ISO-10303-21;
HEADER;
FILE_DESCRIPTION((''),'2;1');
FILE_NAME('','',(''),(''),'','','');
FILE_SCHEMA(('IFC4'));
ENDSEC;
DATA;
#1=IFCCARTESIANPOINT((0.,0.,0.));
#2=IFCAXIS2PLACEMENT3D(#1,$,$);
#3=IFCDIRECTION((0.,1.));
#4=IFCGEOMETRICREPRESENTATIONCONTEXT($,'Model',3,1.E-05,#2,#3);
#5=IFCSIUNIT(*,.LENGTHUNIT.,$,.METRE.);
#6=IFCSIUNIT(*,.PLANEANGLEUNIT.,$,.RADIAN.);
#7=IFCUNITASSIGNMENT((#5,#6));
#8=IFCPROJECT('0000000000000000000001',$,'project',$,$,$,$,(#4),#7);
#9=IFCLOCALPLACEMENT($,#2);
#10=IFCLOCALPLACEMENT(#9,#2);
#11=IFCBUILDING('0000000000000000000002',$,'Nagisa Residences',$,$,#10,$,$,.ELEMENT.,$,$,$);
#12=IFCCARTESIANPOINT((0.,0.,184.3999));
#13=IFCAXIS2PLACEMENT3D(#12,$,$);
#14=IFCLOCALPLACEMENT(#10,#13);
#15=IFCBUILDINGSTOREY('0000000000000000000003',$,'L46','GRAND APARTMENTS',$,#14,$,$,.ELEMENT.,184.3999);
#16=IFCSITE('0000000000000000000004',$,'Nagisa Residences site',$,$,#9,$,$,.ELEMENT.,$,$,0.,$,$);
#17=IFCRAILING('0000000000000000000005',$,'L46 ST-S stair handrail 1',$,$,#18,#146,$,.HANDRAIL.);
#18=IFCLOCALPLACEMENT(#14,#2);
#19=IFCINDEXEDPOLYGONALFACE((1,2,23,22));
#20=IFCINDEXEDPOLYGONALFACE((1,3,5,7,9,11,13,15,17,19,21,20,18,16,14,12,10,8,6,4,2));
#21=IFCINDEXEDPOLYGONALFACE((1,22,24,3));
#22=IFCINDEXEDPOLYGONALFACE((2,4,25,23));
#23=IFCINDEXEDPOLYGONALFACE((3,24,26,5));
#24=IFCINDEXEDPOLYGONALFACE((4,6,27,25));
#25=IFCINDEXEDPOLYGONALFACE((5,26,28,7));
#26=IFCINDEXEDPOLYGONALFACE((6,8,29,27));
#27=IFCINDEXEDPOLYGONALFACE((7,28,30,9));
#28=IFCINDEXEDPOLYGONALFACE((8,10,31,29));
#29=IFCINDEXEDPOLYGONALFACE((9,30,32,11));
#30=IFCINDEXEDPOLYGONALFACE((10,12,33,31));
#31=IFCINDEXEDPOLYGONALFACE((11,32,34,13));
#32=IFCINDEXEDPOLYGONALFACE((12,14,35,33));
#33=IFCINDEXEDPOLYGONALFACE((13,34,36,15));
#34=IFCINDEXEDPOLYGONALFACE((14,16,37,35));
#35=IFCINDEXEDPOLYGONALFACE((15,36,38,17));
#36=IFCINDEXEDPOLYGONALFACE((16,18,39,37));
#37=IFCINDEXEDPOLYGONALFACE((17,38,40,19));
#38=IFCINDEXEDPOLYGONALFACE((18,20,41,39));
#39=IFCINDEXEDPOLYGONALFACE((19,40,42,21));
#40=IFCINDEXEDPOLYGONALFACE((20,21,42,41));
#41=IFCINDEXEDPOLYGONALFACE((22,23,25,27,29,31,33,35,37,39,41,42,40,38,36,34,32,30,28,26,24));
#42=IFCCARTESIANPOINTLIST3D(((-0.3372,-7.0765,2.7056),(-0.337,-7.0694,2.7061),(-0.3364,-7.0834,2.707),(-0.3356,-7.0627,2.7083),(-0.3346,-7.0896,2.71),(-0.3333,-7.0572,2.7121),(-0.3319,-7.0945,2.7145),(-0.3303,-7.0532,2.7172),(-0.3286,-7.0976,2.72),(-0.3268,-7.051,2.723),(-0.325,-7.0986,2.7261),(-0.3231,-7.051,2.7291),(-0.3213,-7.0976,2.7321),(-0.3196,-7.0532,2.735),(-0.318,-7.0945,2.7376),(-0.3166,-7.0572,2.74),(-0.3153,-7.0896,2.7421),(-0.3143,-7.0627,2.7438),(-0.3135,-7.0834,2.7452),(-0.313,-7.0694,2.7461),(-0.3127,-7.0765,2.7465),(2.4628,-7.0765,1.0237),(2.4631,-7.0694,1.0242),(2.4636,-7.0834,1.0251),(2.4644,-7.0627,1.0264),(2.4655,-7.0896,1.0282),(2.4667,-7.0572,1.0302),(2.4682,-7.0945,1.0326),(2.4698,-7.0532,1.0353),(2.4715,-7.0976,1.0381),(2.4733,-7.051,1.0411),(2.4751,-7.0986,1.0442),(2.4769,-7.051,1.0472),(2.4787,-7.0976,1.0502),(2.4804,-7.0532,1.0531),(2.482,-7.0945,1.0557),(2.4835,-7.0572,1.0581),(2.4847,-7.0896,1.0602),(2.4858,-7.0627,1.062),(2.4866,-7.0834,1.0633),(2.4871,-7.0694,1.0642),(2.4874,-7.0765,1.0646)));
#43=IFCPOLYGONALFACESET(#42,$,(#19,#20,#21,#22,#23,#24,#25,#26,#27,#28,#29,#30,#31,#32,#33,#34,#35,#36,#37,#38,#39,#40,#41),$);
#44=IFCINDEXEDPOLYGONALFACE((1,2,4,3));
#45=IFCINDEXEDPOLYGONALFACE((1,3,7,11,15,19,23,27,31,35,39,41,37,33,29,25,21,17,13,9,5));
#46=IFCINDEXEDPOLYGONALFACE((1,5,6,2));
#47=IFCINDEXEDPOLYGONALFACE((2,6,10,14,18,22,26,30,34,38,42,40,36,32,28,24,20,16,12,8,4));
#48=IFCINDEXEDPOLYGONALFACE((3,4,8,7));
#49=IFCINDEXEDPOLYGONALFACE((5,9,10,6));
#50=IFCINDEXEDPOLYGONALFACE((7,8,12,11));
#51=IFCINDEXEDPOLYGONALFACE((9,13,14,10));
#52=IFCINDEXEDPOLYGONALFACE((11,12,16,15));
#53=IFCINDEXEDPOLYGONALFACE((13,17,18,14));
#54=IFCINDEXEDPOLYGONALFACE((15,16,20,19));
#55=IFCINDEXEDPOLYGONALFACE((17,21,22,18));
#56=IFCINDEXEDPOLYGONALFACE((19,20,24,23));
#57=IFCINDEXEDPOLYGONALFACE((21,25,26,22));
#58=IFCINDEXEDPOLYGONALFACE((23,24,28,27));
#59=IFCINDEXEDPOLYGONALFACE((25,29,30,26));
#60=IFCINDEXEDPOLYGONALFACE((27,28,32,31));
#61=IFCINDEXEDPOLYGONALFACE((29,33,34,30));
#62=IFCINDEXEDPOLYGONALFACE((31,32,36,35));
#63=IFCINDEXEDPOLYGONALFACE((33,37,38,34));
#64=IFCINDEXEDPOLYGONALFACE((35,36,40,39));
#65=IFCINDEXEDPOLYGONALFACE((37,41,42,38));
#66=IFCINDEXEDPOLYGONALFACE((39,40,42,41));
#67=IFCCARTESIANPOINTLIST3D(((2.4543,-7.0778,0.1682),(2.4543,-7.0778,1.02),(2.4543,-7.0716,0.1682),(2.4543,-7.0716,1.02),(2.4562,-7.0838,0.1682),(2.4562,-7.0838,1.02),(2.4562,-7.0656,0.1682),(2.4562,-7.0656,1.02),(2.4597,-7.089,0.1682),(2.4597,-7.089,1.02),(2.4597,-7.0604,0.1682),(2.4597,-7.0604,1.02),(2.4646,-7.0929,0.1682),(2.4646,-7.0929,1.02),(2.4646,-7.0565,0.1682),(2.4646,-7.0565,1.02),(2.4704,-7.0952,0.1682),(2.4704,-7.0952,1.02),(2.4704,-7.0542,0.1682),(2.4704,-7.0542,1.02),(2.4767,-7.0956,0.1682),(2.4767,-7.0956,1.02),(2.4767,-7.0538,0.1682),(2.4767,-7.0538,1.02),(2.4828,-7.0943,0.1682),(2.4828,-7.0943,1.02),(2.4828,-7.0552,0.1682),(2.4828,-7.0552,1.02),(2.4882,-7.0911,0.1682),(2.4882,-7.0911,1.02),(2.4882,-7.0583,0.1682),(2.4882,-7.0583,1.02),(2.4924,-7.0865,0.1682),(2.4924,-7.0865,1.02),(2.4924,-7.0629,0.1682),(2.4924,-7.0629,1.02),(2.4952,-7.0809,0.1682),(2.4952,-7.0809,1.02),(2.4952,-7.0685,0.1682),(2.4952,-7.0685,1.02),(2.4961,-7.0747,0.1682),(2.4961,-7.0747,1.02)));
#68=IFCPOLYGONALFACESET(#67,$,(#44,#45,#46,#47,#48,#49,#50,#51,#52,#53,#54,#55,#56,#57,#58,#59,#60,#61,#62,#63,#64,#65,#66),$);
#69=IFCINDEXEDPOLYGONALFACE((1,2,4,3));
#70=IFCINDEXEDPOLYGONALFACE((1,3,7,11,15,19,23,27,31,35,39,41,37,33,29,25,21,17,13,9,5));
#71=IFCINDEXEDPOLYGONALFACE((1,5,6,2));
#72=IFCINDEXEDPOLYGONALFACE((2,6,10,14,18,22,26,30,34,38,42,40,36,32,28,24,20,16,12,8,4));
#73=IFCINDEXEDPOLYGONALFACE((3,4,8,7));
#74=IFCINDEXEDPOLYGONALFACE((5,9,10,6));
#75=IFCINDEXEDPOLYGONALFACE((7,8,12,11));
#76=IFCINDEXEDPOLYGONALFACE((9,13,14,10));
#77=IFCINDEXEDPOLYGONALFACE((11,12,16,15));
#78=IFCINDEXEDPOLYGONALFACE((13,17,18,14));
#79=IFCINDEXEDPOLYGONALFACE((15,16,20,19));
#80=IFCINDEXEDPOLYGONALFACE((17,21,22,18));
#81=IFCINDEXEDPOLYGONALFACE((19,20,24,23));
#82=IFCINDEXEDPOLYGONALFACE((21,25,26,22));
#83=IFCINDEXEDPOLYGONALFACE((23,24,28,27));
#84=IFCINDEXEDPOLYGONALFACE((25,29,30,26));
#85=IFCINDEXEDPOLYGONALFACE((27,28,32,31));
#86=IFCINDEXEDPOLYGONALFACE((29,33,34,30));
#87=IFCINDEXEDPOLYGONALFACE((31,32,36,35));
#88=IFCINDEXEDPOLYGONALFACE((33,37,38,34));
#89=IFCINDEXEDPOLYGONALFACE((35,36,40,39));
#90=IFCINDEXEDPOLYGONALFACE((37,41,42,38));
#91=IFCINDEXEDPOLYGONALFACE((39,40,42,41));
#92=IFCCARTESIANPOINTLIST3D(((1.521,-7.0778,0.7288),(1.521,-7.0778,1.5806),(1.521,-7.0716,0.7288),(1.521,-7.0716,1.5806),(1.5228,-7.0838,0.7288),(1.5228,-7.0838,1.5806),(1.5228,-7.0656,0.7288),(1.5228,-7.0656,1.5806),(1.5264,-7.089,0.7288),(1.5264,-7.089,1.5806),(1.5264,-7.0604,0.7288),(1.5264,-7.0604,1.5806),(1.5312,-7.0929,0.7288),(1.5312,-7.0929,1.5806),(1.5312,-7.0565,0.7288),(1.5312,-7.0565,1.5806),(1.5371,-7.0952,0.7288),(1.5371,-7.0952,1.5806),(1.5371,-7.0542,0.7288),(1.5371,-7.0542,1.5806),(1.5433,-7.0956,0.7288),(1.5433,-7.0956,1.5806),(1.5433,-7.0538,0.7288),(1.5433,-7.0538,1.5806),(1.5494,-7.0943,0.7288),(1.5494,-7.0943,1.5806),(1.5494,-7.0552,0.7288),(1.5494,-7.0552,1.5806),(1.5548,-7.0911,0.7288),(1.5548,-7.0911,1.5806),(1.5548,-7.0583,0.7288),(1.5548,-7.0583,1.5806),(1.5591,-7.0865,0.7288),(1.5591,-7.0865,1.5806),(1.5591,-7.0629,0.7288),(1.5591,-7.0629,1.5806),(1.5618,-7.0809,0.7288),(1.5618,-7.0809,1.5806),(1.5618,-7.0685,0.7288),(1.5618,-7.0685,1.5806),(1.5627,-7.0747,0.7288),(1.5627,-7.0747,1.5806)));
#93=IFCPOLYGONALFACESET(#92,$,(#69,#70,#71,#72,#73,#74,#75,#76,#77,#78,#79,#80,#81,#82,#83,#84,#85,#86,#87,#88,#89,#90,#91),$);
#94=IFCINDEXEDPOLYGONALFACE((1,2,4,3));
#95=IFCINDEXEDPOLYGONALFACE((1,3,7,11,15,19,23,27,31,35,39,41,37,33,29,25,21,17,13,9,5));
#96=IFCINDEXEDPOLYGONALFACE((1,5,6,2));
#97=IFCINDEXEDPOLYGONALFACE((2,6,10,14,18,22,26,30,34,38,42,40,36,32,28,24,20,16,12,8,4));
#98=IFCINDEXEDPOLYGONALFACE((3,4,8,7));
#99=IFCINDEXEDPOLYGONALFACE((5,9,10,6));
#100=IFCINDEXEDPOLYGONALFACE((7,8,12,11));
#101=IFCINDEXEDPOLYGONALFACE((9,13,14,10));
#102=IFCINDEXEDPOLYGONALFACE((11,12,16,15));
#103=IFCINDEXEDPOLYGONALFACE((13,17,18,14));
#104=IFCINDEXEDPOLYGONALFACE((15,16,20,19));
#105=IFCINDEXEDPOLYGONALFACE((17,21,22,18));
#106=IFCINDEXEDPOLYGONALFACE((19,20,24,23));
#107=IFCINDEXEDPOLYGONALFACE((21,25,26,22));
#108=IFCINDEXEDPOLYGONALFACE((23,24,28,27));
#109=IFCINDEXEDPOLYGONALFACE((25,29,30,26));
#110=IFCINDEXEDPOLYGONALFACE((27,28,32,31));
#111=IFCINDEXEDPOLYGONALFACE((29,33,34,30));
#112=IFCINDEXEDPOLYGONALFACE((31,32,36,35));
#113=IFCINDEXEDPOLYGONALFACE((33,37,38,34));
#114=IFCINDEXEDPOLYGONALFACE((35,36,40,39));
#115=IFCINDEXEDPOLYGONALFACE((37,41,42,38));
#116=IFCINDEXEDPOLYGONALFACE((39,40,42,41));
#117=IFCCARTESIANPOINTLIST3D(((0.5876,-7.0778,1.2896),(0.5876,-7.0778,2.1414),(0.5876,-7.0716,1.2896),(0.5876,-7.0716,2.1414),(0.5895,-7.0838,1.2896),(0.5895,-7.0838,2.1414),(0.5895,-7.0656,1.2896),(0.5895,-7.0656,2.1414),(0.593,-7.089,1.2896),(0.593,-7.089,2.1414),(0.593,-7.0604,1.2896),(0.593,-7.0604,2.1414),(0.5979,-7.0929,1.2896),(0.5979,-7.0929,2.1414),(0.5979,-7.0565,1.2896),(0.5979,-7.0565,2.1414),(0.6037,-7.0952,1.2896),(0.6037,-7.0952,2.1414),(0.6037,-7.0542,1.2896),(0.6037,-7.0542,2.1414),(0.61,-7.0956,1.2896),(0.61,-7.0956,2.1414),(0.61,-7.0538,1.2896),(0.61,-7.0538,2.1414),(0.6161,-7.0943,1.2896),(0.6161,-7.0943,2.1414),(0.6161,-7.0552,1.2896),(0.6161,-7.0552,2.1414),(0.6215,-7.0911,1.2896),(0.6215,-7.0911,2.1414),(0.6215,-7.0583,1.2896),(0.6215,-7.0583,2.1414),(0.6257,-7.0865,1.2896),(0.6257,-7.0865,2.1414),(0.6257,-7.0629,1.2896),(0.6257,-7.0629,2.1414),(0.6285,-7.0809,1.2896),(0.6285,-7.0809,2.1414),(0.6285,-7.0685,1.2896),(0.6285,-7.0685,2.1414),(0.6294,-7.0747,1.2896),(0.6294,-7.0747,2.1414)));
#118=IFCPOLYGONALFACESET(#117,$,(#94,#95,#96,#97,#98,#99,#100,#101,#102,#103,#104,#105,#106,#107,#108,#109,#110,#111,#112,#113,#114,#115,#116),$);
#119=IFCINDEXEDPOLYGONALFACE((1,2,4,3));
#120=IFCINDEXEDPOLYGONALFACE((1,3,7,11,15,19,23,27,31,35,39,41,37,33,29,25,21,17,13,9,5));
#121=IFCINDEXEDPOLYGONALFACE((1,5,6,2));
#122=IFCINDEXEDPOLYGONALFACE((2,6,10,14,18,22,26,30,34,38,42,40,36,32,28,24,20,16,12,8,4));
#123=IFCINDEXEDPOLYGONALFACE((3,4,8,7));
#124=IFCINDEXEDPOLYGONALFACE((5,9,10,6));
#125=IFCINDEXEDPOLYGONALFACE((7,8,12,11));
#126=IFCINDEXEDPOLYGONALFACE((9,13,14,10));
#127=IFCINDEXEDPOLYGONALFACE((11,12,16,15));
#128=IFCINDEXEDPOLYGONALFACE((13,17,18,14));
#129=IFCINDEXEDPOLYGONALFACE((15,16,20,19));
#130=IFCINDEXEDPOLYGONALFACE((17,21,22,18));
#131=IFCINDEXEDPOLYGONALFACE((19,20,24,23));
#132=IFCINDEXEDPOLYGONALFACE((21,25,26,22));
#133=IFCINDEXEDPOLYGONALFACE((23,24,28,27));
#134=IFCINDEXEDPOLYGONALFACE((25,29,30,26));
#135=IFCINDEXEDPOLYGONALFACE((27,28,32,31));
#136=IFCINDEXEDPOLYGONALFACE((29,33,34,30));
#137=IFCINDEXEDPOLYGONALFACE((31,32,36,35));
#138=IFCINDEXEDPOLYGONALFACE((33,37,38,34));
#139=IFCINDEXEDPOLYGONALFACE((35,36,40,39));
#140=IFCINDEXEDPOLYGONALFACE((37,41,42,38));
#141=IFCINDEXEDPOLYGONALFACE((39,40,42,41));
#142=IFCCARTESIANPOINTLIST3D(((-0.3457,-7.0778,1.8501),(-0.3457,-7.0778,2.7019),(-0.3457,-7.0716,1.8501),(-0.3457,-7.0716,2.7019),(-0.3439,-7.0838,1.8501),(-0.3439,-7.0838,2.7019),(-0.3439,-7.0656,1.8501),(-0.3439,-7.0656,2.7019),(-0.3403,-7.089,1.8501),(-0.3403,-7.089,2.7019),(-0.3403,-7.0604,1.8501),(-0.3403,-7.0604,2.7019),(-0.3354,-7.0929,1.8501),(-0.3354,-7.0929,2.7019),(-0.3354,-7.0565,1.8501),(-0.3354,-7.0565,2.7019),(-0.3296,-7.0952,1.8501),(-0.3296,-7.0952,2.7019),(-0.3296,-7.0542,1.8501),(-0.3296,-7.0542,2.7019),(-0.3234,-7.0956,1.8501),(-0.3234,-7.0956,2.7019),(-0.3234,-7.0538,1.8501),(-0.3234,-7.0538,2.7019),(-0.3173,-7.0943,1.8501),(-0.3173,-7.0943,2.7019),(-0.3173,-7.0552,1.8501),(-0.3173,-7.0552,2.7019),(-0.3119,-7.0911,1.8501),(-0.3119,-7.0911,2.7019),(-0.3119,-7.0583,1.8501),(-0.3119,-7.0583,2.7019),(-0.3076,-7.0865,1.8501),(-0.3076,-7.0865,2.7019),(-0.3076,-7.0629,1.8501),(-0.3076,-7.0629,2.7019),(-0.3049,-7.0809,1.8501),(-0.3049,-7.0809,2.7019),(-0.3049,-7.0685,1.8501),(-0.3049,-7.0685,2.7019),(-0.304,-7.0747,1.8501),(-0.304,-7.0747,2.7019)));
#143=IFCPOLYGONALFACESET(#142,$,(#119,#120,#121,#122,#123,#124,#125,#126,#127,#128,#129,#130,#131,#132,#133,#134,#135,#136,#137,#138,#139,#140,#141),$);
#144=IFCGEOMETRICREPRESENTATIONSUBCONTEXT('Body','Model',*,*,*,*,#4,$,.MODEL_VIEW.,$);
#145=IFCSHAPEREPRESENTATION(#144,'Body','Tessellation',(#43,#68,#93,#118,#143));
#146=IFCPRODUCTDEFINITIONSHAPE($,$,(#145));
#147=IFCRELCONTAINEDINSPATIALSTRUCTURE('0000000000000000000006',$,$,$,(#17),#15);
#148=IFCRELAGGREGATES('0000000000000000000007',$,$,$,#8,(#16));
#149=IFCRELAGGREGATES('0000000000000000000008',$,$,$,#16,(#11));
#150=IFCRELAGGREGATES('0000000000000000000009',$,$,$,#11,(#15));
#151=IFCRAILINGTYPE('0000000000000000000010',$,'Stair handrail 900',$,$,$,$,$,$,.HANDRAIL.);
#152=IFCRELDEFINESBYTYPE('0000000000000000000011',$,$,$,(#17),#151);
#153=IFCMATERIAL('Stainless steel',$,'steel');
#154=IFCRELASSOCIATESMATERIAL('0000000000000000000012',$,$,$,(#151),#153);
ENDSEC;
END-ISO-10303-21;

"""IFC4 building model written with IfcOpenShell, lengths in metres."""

from ifc_helpers import new_model, si_unit, direction, frame, origin, origin_2d, place, context, subcontext, project, spatial, circle, extrude, material, type_object, element, save


model = new_model("IFC4")

# Units and contexts
model_context = context("Model", 3, precision=1e-05, world=origin(), true_north=direction((0.0, 1.0)))
body_context = subcontext(model_context, "Body", "Model", "MODEL_VIEW")
ifc_project = project(units=[si_unit("LENGTHUNIT", "METRE"), si_unit("PLANEANGLEUNIT", "RADIAN")], contexts=[model_context])

# Site, building, storey
site_placement = place(None, origin())
site = spatial("IfcSite", under=ifc_project, at=site_placement, Name="Nagisa Residences site", CompositionType="ELEMENT", RefElevation=0.0)
building_placement = place(site_placement, origin())
building = spatial("IfcBuilding", under=site, at=building_placement, Name="Nagisa Residences", CompositionType="ELEMENT")
storey_placement = place(building_placement, frame((0.0, 0.0, 184.3999)))
storey = spatial("IfcBuildingStorey", under=building, at=storey_placement, Name="L46", Description="GRAND APARTMENTS", CompositionType="ELEMENT", Elevation=184.3999)

# Railing
ifc_material_1 = material(Name="Stainless steel", Category="steel")
railing_type_1 = type_object("IfcRailingType", Name="Stair handrail 900", PredefinedType="HANDRAIL", material=ifc_material_1)
railing_1_placement = place(storey_placement, frame((2.4751, -7.0747, 0.1682)))
element("IfcRailing", 1, at=railing_1_placement, inside=storey, type_object=railing_type_1, Name="L46 ST-S stair handrail 1", PredefinedType="HANDRAIL", context=body_context, shape_type="SweptSolid", body=[
    extrude(circle(Radius=0.0239, at=origin_2d()), frame((0.0, 0.0, 0.876), z_axis=(-0.857242, 0.0, 0.514913), x_axis=(0.0, -1.0, 0.0)), (0.0, 0.0, 1.0), 3.2664),
    extrude(circle(Radius=0.021, at=origin_2d()), origin(), (0.0, 0.0, 1.0), 0.8518),
    extrude(circle(Radius=0.021, at=origin_2d()), frame((-0.9333, 0.0, 0.5605)), (0.0, 0.0, 1.0), 0.8518),
    extrude(circle(Radius=0.021, at=origin_2d()), frame((-1.8667, 0.0, 1.1213)), (0.0, 0.0, 1.0), 0.8518),
    extrude(circle(Radius=0.021, at=origin_2d()), frame((-2.8, 0.0, 1.6819)), (0.0, 0.0, 1.0), 0.8518),
])

save(model, "model.ifc")
